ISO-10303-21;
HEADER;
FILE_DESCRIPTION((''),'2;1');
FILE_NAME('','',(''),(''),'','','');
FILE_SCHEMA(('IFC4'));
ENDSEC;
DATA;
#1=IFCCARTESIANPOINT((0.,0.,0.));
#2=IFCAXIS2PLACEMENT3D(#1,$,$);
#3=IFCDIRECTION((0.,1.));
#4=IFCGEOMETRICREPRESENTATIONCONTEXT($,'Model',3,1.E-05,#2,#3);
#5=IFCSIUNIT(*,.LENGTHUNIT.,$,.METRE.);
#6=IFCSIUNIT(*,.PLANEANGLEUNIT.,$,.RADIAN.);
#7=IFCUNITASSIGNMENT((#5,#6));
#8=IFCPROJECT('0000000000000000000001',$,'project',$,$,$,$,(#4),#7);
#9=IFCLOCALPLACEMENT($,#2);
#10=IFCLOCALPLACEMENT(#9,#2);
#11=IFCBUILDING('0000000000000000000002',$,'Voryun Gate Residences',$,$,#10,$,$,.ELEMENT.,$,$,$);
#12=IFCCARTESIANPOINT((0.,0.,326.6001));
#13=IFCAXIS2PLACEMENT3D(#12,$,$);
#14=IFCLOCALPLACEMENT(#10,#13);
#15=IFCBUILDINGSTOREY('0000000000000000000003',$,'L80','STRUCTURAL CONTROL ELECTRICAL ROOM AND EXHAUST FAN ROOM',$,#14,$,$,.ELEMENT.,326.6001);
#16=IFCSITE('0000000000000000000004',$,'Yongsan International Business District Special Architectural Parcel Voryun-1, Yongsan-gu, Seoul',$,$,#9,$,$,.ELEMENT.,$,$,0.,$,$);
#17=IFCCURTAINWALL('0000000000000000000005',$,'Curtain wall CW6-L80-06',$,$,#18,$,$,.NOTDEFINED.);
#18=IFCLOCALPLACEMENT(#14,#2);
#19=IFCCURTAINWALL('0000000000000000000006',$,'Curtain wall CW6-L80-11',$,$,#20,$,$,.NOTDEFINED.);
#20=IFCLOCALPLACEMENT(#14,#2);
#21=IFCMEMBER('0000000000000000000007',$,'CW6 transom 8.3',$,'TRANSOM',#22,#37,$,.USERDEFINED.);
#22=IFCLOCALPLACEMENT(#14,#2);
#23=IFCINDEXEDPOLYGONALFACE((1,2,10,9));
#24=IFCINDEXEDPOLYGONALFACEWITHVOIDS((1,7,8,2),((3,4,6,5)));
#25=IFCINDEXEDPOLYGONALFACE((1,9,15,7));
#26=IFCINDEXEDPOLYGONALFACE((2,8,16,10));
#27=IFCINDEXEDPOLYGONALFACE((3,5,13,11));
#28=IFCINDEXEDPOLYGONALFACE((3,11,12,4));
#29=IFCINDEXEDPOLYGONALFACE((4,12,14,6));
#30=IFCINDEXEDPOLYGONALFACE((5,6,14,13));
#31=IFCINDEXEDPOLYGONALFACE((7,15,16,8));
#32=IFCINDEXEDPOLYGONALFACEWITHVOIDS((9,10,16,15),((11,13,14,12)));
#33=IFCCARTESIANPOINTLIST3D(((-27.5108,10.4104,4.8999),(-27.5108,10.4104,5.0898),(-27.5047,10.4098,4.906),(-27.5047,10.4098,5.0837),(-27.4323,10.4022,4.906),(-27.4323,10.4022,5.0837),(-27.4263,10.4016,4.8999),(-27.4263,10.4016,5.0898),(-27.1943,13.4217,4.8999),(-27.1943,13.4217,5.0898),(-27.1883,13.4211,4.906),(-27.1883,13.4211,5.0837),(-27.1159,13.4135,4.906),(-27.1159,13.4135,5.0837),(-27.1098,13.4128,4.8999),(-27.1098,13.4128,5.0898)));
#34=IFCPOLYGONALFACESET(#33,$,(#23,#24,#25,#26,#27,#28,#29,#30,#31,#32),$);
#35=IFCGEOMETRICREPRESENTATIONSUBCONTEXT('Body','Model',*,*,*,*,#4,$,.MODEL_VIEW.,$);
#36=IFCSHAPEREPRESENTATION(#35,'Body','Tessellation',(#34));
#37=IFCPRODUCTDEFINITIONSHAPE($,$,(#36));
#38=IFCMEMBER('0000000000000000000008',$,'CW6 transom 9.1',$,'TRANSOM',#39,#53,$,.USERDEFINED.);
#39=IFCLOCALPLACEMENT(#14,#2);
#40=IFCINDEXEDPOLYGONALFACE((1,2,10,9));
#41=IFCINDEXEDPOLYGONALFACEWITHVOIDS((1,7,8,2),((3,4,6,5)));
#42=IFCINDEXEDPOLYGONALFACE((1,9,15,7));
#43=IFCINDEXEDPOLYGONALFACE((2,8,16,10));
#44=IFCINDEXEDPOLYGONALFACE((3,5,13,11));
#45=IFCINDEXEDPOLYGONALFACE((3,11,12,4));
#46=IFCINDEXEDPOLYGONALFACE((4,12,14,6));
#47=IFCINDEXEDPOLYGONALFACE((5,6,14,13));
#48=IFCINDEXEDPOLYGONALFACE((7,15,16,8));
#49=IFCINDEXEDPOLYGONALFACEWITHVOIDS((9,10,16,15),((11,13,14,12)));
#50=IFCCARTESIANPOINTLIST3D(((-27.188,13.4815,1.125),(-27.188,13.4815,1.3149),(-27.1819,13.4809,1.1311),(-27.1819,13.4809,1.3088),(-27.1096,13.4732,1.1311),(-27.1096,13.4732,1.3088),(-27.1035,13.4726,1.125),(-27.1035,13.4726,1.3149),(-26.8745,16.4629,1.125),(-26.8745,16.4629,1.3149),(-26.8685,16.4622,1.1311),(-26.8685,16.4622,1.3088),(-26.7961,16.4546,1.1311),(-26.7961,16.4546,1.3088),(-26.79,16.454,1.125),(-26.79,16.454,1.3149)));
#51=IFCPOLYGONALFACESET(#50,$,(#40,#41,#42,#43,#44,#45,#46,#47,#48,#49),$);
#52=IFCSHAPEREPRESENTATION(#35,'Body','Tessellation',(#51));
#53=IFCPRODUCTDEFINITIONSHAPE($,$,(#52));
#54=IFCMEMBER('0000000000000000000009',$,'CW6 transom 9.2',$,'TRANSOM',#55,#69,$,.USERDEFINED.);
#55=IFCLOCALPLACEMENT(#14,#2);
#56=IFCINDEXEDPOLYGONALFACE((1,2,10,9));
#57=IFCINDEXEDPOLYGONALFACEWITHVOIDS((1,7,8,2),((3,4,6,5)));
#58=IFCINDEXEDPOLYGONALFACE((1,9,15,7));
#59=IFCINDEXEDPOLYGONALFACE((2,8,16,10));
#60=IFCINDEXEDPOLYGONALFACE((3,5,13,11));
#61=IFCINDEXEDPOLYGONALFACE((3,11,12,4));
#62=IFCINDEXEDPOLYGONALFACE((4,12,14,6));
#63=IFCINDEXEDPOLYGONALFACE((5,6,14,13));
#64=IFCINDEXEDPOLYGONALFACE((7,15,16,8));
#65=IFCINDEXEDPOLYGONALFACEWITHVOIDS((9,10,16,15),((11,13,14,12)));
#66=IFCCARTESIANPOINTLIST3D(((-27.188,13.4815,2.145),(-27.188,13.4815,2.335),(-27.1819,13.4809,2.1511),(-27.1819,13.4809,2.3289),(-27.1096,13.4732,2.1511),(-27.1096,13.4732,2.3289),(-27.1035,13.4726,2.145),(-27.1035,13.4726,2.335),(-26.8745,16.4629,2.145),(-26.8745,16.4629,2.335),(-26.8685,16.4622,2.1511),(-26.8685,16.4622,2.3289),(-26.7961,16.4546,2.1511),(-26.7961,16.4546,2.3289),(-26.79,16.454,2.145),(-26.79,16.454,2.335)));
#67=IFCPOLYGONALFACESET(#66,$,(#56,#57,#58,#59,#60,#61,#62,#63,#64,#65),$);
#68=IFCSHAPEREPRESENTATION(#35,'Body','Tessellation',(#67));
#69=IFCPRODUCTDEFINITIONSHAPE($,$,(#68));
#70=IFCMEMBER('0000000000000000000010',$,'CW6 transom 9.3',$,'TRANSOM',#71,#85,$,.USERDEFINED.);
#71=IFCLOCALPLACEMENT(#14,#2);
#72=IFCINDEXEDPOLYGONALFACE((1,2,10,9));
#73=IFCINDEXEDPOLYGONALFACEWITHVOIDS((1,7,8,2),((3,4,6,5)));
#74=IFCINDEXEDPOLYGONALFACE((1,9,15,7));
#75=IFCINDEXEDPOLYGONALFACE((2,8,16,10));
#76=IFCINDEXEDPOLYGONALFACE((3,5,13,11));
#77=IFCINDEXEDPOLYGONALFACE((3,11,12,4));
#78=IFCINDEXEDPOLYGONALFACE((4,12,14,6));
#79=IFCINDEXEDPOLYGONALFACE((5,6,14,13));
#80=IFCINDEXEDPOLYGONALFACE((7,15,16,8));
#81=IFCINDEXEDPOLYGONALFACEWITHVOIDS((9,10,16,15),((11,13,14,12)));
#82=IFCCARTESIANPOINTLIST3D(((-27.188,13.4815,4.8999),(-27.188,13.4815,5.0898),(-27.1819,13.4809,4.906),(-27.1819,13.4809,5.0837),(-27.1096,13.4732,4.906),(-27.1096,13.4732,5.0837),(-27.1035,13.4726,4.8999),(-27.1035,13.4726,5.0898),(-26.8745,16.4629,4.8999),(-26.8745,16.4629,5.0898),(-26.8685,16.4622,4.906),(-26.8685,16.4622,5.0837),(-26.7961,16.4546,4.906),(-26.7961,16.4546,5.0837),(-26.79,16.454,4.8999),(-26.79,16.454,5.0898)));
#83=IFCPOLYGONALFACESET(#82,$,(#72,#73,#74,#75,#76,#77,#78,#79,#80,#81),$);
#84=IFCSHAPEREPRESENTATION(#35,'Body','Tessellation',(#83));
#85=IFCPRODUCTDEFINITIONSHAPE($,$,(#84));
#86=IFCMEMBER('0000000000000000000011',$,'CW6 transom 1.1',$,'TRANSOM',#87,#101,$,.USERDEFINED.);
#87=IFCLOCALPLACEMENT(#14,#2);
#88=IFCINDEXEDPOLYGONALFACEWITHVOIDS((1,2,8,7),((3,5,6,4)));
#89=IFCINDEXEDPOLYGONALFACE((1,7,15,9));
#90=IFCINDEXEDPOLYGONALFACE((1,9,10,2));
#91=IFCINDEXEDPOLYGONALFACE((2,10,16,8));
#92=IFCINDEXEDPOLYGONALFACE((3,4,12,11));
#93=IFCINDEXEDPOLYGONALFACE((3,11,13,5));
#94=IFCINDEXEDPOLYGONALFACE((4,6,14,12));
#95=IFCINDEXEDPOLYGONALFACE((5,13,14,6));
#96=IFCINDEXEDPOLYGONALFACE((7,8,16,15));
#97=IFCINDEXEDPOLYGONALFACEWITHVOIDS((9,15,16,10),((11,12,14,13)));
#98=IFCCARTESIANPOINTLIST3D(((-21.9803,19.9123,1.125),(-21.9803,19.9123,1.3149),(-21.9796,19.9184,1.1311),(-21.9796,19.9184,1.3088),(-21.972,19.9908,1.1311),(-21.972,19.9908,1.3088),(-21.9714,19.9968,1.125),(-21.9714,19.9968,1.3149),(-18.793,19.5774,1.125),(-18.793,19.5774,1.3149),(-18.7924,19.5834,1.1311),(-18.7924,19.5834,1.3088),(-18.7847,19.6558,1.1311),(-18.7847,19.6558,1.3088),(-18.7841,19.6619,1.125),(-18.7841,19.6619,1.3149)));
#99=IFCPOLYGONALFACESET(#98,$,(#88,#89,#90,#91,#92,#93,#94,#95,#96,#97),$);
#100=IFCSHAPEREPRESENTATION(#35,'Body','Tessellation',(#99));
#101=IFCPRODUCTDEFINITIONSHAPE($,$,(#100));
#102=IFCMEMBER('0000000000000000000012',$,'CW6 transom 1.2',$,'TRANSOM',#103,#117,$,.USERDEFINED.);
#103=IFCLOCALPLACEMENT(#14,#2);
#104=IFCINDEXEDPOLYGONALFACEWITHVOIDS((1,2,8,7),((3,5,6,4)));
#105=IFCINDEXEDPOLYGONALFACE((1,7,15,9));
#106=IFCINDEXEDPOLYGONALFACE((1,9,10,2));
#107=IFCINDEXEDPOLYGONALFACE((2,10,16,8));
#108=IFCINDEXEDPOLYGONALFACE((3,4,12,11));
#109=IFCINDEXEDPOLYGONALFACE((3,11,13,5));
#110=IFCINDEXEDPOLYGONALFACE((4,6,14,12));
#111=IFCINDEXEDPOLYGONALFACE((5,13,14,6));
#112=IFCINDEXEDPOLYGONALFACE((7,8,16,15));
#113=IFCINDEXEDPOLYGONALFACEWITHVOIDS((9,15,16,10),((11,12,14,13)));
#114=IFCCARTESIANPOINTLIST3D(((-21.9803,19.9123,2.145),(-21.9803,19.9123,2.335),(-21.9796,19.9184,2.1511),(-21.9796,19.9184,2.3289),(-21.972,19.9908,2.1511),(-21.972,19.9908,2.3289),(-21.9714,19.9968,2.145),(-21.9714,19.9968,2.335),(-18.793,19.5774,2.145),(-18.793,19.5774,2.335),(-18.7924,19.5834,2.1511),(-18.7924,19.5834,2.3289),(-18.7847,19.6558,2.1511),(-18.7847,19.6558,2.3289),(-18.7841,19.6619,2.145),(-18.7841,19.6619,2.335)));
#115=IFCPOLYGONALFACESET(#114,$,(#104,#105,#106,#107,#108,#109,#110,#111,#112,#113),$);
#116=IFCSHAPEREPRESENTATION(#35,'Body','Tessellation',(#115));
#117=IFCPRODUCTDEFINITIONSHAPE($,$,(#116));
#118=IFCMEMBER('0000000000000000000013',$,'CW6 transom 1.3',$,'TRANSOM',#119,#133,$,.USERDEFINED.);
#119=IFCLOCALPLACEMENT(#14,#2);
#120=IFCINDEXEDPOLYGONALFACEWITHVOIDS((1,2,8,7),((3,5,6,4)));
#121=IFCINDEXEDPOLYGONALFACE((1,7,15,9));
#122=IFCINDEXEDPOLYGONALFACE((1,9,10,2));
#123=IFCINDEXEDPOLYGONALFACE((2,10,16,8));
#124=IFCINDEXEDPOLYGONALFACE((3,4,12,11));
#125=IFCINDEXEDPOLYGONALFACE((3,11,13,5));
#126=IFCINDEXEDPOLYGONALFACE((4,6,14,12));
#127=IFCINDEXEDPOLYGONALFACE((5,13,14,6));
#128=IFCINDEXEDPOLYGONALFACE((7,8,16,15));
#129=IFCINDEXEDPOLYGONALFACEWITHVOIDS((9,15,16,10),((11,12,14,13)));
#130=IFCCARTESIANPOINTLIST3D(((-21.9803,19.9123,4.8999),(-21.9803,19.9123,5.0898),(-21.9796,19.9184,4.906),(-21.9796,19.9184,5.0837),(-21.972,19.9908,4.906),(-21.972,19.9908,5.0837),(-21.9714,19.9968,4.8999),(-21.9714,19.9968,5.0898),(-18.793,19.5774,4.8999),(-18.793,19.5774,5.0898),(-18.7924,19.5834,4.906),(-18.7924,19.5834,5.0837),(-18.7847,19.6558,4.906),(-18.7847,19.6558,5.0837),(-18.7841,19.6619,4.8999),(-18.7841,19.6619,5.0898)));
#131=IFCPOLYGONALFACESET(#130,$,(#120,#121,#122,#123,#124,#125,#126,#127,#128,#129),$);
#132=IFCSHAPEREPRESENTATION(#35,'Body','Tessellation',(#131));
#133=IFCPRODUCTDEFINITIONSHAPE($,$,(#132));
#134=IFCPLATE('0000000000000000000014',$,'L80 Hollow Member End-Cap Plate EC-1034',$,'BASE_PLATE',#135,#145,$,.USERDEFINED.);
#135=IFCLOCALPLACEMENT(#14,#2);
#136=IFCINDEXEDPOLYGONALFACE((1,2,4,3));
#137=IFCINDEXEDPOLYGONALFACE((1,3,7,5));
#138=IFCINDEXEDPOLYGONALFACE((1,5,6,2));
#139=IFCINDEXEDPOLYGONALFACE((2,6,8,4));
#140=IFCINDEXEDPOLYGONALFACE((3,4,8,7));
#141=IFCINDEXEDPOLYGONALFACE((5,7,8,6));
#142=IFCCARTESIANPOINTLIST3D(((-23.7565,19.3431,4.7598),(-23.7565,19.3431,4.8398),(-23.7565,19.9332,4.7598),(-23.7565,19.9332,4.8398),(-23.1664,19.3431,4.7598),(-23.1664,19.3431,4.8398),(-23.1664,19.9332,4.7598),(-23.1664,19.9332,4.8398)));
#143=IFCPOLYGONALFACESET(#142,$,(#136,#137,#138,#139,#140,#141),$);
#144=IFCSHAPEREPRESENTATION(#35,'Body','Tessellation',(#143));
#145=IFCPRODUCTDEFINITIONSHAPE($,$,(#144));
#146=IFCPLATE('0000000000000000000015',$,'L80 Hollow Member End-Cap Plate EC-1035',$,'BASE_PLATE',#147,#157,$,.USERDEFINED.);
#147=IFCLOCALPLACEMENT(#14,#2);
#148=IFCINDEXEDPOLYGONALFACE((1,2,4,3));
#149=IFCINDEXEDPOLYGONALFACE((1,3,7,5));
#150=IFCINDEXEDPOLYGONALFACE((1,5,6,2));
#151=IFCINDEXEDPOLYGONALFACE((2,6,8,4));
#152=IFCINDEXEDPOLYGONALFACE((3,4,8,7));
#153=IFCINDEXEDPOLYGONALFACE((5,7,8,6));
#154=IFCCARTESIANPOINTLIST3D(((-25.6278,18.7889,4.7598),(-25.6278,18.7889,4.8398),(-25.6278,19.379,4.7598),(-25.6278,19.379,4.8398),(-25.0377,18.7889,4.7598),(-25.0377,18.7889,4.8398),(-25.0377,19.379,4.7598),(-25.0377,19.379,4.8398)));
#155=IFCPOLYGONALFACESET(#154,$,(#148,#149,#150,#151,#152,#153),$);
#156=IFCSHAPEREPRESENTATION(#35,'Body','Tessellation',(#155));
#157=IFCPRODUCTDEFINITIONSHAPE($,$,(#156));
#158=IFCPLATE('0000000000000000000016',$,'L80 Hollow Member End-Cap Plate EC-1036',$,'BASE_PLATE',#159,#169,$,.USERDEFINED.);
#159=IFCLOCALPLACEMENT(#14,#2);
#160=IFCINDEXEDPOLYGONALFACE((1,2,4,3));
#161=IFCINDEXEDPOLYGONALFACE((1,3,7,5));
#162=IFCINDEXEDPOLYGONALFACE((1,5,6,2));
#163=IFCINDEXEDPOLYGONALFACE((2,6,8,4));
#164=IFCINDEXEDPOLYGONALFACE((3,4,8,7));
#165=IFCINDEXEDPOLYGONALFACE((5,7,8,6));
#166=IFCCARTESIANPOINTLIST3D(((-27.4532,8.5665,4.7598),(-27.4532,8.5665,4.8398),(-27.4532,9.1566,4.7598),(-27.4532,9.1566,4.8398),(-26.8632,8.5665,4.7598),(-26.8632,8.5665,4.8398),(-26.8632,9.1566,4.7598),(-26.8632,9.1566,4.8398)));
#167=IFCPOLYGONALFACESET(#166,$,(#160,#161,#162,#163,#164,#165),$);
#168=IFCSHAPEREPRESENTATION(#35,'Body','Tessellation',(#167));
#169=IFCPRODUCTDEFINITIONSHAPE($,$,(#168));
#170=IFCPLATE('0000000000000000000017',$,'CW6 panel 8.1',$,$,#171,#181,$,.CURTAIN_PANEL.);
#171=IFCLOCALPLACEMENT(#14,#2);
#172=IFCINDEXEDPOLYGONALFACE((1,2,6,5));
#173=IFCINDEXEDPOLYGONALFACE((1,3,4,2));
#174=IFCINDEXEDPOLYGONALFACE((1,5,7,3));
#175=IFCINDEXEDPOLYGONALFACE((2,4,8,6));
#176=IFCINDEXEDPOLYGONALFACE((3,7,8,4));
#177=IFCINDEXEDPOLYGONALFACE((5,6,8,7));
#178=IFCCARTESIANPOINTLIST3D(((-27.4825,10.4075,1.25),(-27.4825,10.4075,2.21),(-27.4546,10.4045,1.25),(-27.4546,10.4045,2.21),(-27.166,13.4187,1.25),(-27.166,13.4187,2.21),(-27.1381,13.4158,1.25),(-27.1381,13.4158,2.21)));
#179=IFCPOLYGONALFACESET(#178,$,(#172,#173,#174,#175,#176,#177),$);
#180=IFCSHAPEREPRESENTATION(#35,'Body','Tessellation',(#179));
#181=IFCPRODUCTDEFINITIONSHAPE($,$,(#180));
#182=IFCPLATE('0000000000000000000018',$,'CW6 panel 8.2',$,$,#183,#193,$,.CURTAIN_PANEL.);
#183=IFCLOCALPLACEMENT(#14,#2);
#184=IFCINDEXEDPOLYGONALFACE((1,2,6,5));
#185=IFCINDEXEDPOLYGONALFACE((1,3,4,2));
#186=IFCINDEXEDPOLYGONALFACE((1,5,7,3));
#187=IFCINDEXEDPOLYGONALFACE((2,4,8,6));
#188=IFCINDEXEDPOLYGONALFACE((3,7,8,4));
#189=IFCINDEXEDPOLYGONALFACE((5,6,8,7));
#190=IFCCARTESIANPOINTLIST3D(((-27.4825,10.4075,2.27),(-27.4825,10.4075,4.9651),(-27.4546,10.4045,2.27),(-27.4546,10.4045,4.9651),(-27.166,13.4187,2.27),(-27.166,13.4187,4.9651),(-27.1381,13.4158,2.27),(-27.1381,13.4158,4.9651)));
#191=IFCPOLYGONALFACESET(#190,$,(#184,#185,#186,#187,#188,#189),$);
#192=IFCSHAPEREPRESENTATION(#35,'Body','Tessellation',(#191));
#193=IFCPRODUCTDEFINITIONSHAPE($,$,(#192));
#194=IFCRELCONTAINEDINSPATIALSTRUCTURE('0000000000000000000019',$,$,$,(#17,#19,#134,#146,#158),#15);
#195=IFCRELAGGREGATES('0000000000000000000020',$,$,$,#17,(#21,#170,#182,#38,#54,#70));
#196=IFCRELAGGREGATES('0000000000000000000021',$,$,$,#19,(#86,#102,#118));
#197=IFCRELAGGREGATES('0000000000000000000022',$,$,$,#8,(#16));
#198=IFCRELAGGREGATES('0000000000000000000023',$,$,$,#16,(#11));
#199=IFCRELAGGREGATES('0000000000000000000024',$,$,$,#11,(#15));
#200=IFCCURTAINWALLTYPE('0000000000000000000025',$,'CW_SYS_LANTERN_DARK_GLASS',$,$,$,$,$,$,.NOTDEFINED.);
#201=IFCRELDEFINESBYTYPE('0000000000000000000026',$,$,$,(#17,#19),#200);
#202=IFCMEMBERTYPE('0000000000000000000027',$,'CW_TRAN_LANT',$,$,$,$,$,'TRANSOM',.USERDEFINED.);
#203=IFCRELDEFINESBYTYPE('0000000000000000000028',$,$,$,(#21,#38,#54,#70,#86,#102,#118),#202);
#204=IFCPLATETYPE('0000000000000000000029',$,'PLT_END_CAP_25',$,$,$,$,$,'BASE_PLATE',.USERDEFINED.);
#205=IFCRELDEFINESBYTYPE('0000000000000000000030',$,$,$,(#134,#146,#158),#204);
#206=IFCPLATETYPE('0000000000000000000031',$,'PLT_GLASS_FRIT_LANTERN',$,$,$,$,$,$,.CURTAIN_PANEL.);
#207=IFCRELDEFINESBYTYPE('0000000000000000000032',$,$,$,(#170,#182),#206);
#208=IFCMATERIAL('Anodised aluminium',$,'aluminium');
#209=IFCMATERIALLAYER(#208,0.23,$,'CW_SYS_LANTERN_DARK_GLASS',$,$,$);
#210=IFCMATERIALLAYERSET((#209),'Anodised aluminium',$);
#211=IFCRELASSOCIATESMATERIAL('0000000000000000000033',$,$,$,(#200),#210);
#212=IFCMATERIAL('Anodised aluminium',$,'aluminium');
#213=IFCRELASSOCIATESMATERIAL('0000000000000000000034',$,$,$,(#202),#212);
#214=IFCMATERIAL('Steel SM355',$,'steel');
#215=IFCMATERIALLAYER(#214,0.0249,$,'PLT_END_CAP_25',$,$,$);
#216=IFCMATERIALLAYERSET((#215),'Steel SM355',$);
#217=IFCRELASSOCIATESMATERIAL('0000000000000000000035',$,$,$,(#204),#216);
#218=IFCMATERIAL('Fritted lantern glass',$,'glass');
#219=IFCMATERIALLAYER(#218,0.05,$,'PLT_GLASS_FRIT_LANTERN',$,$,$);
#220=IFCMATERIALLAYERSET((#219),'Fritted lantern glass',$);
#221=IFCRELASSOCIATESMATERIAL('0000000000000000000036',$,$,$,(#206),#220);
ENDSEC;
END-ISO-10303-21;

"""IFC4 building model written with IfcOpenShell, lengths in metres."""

from ifc_helpers import new_model, si_unit, direction, frame, origin, origin_2d, place, context, subcontext, project, spatial, rectangle, hollow_rectangle, extrude, material, layer, layer_set, material_profile, profile_set, type_object, element, aggregate, save


model = new_model("IFC4")

# Units and contexts
model_context = context("Model", 3, precision=1e-05, world=origin(), true_north=direction((0.0, 1.0)))
body_context = subcontext(model_context, "Body", "Model", "MODEL_VIEW")
ifc_project = project(units=[si_unit("LENGTHUNIT", "METRE"), si_unit("PLANEANGLEUNIT", "RADIAN")], contexts=[model_context])

# Site, building, storey
site_placement = place(None, origin())
site = spatial("IfcSite", under=ifc_project, at=site_placement, Name="Yongsan International Business District Special Architectural Parcel Voryun-1, Yongsan-gu, Seoul", CompositionType="ELEMENT", RefElevation=0.0)
building_placement = place(site_placement, origin())
building = spatial("IfcBuilding", under=site, at=building_placement, Name="Voryun Gate Residences", CompositionType="ELEMENT")
storey_placement = place(building_placement, frame((0.0, 0.0, 326.6001)))
storey = spatial("IfcBuildingStorey", under=building, at=storey_placement, Name="L80", Description="STRUCTURAL CONTROL ELECTRICAL ROOM AND EXHAUST FAN ROOM", CompositionType="ELEMENT", Elevation=326.6001)

# Curtain wall
ifc_material_1 = material(Name="Anodised aluminium", Category="aluminium")
ifc_layer_1 = layer(ifc_material_1, 0.23, Name="CW_SYS_LANTERN_DARK_GLASS")
ifc_layer_set_1 = layer_set([ifc_layer_1], Name="Anodised aluminium")
curtain_wall_type = type_object("IfcCurtainWallType", Name="CW_SYS_LANTERN_DARK_GLASS", PredefinedType="NOTDEFINED", material=ifc_layer_set_1)
curtain_wall_1_placement = place(storey_placement, origin())
curtain_wall_1 = element("IfcCurtainWall", 1, at=curtain_wall_1_placement, inside=storey, type_object=curtain_wall_type, Name="Curtain wall CW6-L80-06", PredefinedType="NOTDEFINED")

# Curtain wall
curtain_wall_2_placement = place(storey_placement, origin())
curtain_wall_2 = element("IfcCurtainWall", 2, at=curtain_wall_2_placement, inside=storey, type_object=curtain_wall_type, Name="Curtain wall CW6-L80-11", PredefinedType="NOTDEFINED")

# Members
ifc_material_2 = material(Name="Anodised aluminium", Category="aluminium")
ifc_material_profile_1 = material_profile(ifc_material_2, hollow_rectangle(XDim=0.085, YDim=0.1899, WallThickness=0.0061, at=origin_2d()), Name="ALU-TRAN-190x85x6")
ifc_profile_set_1 = profile_set([ifc_material_profile_1], Name="Anodised aluminium")
member_type_1 = type_object("IfcMemberType", Name="CW_TRAN_LANT", ElementType="TRANSOM", PredefinedType="USERDEFINED", material=ifc_profile_set_1)
member_1_placement = place(storey_placement, frame((-27.4685, 10.406, 4.9949), z_axis=(0.1045, 0.994525, 0.0), x_axis=(-0.994525, 0.1045, 0.0)))
member_1 = element("IfcMember", 3, at=member_1_placement, type_object=member_type_1, Name="CW6 transom 8.3", ObjectType="TRANSOM", PredefinedType="USERDEFINED", context=body_context, shape_type="SweptSolid", body=[
    extrude(hollow_rectangle(XDim=0.085, YDim=0.1899, WallThickness=0.0061, at=origin_2d()), origin(), (0.0, 0.0, 1.0), 3.0278),
])
member_2_placement = place(storey_placement, frame((-27.1458, 13.4771, 1.22), z_axis=(0.104566, 0.994518, 0.0), x_axis=(-0.994518, 0.104566, 0.0)))
member_2 = element("IfcMember", 4, at=member_2_placement, type_object=member_type_1, Name="CW6 transom 9.1", ObjectType="TRANSOM", PredefinedType="USERDEFINED", context=body_context, shape_type="SweptSolid", body=[
    extrude(hollow_rectangle(XDim=0.085, YDim=0.1899, WallThickness=0.0061, at=origin_2d()), origin(), (0.0, 0.0, 1.0), 2.9978),
])
member_3_placement = place(storey_placement, frame((-27.1458, 13.4771, 2.24), z_axis=(0.104566, 0.994518, 0.0), x_axis=(-0.994518, 0.104566, 0.0)))
member_3 = element("IfcMember", 5, at=member_3_placement, type_object=member_type_1, Name="CW6 transom 9.2", ObjectType="TRANSOM", PredefinedType="USERDEFINED", context=body_context, shape_type="SweptSolid", body=[
    extrude(hollow_rectangle(XDim=0.085, YDim=0.1899, WallThickness=0.0061, at=origin_2d()), origin(), (0.0, 0.0, 1.0), 2.9978),
])
member_4_placement = place(storey_placement, frame((-27.1458, 13.4771, 4.9949), z_axis=(0.104566, 0.994518, 0.0), x_axis=(-0.994518, 0.104566, 0.0)))
member_4 = element("IfcMember", 6, at=member_4_placement, type_object=member_type_1, Name="CW6 transom 9.3", ObjectType="TRANSOM", PredefinedType="USERDEFINED", context=body_context, shape_type="SweptSolid", body=[
    extrude(hollow_rectangle(XDim=0.085, YDim=0.1899, WallThickness=0.0061, at=origin_2d()), origin(), (0.0, 0.0, 1.0), 2.9978),
])
member_5_placement = place(storey_placement, frame((-21.9758, 19.9546, 1.22), z_axis=(0.994523, -0.104518, 0.0), x_axis=(0.104518, 0.994523, 0.0)))
member_5 = element("IfcMember", 7, at=member_5_placement, type_object=member_type_1, Name="CW6 transom 1.1", ObjectType="TRANSOM", PredefinedType="USERDEFINED", context=body_context, shape_type="SweptSolid", body=[
    extrude(hollow_rectangle(XDim=0.085, YDim=0.1899, WallThickness=0.0061, at=origin_2d()), origin(), (0.0, 0.0, 1.0), 3.2048),
])
member_6_placement = place(storey_placement, frame((-21.9758, 19.9546, 2.24), z_axis=(0.994523, -0.104518, 0.0), x_axis=(0.104518, 0.994523, 0.0)))
member_6 = element("IfcMember", 8, at=member_6_placement, type_object=member_type_1, Name="CW6 transom 1.2", ObjectType="TRANSOM", PredefinedType="USERDEFINED", context=body_context, shape_type="SweptSolid", body=[
    extrude(hollow_rectangle(XDim=0.085, YDim=0.1899, WallThickness=0.0061, at=origin_2d()), origin(), (0.0, 0.0, 1.0), 3.2048),
])
member_7_placement = place(storey_placement, frame((-21.9758, 19.9546, 4.9949), z_axis=(0.994523, -0.104518, 0.0), x_axis=(0.104518, 0.994523, 0.0)))
member_7 = element("IfcMember", 9, at=member_7_placement, type_object=member_type_1, Name="CW6 transom 1.3", ObjectType="TRANSOM", PredefinedType="USERDEFINED", context=body_context, shape_type="SweptSolid", body=[
    extrude(hollow_rectangle(XDim=0.085, YDim=0.1899, WallThickness=0.0061, at=origin_2d()), origin(), (0.0, 0.0, 1.0), 3.2048),
])

# Plates
ifc_material_3 = material(Name="Steel SM355", Category="steel")
ifc_layer_2 = layer(ifc_material_3, 0.0249, Name="PLT_END_CAP_25")
ifc_layer_set_2 = layer_set([ifc_layer_2], Name="Steel SM355")
plate_type_1 = type_object("IfcPlateType", Name="PLT_END_CAP_25", ElementType="BASE_PLATE", PredefinedType="USERDEFINED", material=ifc_layer_set_2)
for number, where, z_axis, x_axis, name in (
    (10, (-23.4614, 19.6382, 4.7598), (0.0, 0.0, 1.0), (1.0, 0.0, 0.0), "L80 Hollow Member End-Cap Plate EC-1034"),
    (11, (-25.3328, 19.084, 4.7598), (0.0, 0.0, 1.0), (1.0, 0.0, 0.0), "L80 Hollow Member End-Cap Plate EC-1035"),
    (12, (-27.1582, 8.8616, 4.7598), (0.0, 0.0, 1.0), (1.0, 0.0, 0.0), "L80 Hollow Member End-Cap Plate EC-1036"),
):
    element("IfcPlate", number, at=place(storey_placement, frame(where, z_axis=z_axis, x_axis=x_axis)), inside=storey, type_object=plate_type_1, Name=name, ObjectType="BASE_PLATE", PredefinedType="USERDEFINED", context=body_context, shape_type="SweptSolid", body=[
        extrude(rectangle(XDim=0.5901, YDim=0.5901, at=origin_2d()), origin(), (0.0, 0.0, 1.0), 0.0801),
    ])

# Plates
ifc_material_4 = material(Name="Fritted lantern glass", Category="glass")
ifc_layer_3 = layer(ifc_material_4, 0.05, Name="PLT_GLASS_FRIT_LANTERN")
ifc_layer_set_3 = layer_set([ifc_layer_3], Name="Fritted lantern glass")
plate_type_2 = type_object("IfcPlateType", Name="PLT_GLASS_FRIT_LANTERN", PredefinedType="CURTAIN_PANEL", material=ifc_layer_set_3)
plate_1_placement = place(storey_placement, frame((-27.3103, 11.9116, 1.25), z_axis=(0.0, 0.0, 1.0), x_axis=(0.104528, 0.994522, 0.0)))
plate_1 = element("IfcPlate", 13, at=plate_1_placement, type_object=plate_type_2, Name="CW6 panel 8.1", PredefinedType="CURTAIN_PANEL", context=body_context, shape_type="SweptSolid", body=[
    extrude(rectangle(XDim=3.0278, YDim=0.0281, at=origin_2d()), origin(), (0.0, 0.0, 1.0), 0.96),
])
plate_2_placement = place(storey_placement, frame((-27.3103, 11.9116, 2.27), z_axis=(0.0, 0.0, 1.0), x_axis=(0.104528, 0.994522, 0.0)))
plate_2 = element("IfcPlate", 14, at=plate_2_placement, type_object=plate_type_2, Name="CW6 panel 8.2", PredefinedType="CURTAIN_PANEL", context=body_context, shape_type="SweptSolid", body=[
    extrude(rectangle(XDim=3.0278, YDim=0.0281, at=origin_2d()), origin(), (0.0, 0.0, 1.0), 2.6951),
])
aggregate(curtain_wall_1, [member_1, plate_1, plate_2, member_2, member_3, member_4])
aggregate(curtain_wall_2, [member_5, member_6, member_7])

save(model, "model.ifc")
